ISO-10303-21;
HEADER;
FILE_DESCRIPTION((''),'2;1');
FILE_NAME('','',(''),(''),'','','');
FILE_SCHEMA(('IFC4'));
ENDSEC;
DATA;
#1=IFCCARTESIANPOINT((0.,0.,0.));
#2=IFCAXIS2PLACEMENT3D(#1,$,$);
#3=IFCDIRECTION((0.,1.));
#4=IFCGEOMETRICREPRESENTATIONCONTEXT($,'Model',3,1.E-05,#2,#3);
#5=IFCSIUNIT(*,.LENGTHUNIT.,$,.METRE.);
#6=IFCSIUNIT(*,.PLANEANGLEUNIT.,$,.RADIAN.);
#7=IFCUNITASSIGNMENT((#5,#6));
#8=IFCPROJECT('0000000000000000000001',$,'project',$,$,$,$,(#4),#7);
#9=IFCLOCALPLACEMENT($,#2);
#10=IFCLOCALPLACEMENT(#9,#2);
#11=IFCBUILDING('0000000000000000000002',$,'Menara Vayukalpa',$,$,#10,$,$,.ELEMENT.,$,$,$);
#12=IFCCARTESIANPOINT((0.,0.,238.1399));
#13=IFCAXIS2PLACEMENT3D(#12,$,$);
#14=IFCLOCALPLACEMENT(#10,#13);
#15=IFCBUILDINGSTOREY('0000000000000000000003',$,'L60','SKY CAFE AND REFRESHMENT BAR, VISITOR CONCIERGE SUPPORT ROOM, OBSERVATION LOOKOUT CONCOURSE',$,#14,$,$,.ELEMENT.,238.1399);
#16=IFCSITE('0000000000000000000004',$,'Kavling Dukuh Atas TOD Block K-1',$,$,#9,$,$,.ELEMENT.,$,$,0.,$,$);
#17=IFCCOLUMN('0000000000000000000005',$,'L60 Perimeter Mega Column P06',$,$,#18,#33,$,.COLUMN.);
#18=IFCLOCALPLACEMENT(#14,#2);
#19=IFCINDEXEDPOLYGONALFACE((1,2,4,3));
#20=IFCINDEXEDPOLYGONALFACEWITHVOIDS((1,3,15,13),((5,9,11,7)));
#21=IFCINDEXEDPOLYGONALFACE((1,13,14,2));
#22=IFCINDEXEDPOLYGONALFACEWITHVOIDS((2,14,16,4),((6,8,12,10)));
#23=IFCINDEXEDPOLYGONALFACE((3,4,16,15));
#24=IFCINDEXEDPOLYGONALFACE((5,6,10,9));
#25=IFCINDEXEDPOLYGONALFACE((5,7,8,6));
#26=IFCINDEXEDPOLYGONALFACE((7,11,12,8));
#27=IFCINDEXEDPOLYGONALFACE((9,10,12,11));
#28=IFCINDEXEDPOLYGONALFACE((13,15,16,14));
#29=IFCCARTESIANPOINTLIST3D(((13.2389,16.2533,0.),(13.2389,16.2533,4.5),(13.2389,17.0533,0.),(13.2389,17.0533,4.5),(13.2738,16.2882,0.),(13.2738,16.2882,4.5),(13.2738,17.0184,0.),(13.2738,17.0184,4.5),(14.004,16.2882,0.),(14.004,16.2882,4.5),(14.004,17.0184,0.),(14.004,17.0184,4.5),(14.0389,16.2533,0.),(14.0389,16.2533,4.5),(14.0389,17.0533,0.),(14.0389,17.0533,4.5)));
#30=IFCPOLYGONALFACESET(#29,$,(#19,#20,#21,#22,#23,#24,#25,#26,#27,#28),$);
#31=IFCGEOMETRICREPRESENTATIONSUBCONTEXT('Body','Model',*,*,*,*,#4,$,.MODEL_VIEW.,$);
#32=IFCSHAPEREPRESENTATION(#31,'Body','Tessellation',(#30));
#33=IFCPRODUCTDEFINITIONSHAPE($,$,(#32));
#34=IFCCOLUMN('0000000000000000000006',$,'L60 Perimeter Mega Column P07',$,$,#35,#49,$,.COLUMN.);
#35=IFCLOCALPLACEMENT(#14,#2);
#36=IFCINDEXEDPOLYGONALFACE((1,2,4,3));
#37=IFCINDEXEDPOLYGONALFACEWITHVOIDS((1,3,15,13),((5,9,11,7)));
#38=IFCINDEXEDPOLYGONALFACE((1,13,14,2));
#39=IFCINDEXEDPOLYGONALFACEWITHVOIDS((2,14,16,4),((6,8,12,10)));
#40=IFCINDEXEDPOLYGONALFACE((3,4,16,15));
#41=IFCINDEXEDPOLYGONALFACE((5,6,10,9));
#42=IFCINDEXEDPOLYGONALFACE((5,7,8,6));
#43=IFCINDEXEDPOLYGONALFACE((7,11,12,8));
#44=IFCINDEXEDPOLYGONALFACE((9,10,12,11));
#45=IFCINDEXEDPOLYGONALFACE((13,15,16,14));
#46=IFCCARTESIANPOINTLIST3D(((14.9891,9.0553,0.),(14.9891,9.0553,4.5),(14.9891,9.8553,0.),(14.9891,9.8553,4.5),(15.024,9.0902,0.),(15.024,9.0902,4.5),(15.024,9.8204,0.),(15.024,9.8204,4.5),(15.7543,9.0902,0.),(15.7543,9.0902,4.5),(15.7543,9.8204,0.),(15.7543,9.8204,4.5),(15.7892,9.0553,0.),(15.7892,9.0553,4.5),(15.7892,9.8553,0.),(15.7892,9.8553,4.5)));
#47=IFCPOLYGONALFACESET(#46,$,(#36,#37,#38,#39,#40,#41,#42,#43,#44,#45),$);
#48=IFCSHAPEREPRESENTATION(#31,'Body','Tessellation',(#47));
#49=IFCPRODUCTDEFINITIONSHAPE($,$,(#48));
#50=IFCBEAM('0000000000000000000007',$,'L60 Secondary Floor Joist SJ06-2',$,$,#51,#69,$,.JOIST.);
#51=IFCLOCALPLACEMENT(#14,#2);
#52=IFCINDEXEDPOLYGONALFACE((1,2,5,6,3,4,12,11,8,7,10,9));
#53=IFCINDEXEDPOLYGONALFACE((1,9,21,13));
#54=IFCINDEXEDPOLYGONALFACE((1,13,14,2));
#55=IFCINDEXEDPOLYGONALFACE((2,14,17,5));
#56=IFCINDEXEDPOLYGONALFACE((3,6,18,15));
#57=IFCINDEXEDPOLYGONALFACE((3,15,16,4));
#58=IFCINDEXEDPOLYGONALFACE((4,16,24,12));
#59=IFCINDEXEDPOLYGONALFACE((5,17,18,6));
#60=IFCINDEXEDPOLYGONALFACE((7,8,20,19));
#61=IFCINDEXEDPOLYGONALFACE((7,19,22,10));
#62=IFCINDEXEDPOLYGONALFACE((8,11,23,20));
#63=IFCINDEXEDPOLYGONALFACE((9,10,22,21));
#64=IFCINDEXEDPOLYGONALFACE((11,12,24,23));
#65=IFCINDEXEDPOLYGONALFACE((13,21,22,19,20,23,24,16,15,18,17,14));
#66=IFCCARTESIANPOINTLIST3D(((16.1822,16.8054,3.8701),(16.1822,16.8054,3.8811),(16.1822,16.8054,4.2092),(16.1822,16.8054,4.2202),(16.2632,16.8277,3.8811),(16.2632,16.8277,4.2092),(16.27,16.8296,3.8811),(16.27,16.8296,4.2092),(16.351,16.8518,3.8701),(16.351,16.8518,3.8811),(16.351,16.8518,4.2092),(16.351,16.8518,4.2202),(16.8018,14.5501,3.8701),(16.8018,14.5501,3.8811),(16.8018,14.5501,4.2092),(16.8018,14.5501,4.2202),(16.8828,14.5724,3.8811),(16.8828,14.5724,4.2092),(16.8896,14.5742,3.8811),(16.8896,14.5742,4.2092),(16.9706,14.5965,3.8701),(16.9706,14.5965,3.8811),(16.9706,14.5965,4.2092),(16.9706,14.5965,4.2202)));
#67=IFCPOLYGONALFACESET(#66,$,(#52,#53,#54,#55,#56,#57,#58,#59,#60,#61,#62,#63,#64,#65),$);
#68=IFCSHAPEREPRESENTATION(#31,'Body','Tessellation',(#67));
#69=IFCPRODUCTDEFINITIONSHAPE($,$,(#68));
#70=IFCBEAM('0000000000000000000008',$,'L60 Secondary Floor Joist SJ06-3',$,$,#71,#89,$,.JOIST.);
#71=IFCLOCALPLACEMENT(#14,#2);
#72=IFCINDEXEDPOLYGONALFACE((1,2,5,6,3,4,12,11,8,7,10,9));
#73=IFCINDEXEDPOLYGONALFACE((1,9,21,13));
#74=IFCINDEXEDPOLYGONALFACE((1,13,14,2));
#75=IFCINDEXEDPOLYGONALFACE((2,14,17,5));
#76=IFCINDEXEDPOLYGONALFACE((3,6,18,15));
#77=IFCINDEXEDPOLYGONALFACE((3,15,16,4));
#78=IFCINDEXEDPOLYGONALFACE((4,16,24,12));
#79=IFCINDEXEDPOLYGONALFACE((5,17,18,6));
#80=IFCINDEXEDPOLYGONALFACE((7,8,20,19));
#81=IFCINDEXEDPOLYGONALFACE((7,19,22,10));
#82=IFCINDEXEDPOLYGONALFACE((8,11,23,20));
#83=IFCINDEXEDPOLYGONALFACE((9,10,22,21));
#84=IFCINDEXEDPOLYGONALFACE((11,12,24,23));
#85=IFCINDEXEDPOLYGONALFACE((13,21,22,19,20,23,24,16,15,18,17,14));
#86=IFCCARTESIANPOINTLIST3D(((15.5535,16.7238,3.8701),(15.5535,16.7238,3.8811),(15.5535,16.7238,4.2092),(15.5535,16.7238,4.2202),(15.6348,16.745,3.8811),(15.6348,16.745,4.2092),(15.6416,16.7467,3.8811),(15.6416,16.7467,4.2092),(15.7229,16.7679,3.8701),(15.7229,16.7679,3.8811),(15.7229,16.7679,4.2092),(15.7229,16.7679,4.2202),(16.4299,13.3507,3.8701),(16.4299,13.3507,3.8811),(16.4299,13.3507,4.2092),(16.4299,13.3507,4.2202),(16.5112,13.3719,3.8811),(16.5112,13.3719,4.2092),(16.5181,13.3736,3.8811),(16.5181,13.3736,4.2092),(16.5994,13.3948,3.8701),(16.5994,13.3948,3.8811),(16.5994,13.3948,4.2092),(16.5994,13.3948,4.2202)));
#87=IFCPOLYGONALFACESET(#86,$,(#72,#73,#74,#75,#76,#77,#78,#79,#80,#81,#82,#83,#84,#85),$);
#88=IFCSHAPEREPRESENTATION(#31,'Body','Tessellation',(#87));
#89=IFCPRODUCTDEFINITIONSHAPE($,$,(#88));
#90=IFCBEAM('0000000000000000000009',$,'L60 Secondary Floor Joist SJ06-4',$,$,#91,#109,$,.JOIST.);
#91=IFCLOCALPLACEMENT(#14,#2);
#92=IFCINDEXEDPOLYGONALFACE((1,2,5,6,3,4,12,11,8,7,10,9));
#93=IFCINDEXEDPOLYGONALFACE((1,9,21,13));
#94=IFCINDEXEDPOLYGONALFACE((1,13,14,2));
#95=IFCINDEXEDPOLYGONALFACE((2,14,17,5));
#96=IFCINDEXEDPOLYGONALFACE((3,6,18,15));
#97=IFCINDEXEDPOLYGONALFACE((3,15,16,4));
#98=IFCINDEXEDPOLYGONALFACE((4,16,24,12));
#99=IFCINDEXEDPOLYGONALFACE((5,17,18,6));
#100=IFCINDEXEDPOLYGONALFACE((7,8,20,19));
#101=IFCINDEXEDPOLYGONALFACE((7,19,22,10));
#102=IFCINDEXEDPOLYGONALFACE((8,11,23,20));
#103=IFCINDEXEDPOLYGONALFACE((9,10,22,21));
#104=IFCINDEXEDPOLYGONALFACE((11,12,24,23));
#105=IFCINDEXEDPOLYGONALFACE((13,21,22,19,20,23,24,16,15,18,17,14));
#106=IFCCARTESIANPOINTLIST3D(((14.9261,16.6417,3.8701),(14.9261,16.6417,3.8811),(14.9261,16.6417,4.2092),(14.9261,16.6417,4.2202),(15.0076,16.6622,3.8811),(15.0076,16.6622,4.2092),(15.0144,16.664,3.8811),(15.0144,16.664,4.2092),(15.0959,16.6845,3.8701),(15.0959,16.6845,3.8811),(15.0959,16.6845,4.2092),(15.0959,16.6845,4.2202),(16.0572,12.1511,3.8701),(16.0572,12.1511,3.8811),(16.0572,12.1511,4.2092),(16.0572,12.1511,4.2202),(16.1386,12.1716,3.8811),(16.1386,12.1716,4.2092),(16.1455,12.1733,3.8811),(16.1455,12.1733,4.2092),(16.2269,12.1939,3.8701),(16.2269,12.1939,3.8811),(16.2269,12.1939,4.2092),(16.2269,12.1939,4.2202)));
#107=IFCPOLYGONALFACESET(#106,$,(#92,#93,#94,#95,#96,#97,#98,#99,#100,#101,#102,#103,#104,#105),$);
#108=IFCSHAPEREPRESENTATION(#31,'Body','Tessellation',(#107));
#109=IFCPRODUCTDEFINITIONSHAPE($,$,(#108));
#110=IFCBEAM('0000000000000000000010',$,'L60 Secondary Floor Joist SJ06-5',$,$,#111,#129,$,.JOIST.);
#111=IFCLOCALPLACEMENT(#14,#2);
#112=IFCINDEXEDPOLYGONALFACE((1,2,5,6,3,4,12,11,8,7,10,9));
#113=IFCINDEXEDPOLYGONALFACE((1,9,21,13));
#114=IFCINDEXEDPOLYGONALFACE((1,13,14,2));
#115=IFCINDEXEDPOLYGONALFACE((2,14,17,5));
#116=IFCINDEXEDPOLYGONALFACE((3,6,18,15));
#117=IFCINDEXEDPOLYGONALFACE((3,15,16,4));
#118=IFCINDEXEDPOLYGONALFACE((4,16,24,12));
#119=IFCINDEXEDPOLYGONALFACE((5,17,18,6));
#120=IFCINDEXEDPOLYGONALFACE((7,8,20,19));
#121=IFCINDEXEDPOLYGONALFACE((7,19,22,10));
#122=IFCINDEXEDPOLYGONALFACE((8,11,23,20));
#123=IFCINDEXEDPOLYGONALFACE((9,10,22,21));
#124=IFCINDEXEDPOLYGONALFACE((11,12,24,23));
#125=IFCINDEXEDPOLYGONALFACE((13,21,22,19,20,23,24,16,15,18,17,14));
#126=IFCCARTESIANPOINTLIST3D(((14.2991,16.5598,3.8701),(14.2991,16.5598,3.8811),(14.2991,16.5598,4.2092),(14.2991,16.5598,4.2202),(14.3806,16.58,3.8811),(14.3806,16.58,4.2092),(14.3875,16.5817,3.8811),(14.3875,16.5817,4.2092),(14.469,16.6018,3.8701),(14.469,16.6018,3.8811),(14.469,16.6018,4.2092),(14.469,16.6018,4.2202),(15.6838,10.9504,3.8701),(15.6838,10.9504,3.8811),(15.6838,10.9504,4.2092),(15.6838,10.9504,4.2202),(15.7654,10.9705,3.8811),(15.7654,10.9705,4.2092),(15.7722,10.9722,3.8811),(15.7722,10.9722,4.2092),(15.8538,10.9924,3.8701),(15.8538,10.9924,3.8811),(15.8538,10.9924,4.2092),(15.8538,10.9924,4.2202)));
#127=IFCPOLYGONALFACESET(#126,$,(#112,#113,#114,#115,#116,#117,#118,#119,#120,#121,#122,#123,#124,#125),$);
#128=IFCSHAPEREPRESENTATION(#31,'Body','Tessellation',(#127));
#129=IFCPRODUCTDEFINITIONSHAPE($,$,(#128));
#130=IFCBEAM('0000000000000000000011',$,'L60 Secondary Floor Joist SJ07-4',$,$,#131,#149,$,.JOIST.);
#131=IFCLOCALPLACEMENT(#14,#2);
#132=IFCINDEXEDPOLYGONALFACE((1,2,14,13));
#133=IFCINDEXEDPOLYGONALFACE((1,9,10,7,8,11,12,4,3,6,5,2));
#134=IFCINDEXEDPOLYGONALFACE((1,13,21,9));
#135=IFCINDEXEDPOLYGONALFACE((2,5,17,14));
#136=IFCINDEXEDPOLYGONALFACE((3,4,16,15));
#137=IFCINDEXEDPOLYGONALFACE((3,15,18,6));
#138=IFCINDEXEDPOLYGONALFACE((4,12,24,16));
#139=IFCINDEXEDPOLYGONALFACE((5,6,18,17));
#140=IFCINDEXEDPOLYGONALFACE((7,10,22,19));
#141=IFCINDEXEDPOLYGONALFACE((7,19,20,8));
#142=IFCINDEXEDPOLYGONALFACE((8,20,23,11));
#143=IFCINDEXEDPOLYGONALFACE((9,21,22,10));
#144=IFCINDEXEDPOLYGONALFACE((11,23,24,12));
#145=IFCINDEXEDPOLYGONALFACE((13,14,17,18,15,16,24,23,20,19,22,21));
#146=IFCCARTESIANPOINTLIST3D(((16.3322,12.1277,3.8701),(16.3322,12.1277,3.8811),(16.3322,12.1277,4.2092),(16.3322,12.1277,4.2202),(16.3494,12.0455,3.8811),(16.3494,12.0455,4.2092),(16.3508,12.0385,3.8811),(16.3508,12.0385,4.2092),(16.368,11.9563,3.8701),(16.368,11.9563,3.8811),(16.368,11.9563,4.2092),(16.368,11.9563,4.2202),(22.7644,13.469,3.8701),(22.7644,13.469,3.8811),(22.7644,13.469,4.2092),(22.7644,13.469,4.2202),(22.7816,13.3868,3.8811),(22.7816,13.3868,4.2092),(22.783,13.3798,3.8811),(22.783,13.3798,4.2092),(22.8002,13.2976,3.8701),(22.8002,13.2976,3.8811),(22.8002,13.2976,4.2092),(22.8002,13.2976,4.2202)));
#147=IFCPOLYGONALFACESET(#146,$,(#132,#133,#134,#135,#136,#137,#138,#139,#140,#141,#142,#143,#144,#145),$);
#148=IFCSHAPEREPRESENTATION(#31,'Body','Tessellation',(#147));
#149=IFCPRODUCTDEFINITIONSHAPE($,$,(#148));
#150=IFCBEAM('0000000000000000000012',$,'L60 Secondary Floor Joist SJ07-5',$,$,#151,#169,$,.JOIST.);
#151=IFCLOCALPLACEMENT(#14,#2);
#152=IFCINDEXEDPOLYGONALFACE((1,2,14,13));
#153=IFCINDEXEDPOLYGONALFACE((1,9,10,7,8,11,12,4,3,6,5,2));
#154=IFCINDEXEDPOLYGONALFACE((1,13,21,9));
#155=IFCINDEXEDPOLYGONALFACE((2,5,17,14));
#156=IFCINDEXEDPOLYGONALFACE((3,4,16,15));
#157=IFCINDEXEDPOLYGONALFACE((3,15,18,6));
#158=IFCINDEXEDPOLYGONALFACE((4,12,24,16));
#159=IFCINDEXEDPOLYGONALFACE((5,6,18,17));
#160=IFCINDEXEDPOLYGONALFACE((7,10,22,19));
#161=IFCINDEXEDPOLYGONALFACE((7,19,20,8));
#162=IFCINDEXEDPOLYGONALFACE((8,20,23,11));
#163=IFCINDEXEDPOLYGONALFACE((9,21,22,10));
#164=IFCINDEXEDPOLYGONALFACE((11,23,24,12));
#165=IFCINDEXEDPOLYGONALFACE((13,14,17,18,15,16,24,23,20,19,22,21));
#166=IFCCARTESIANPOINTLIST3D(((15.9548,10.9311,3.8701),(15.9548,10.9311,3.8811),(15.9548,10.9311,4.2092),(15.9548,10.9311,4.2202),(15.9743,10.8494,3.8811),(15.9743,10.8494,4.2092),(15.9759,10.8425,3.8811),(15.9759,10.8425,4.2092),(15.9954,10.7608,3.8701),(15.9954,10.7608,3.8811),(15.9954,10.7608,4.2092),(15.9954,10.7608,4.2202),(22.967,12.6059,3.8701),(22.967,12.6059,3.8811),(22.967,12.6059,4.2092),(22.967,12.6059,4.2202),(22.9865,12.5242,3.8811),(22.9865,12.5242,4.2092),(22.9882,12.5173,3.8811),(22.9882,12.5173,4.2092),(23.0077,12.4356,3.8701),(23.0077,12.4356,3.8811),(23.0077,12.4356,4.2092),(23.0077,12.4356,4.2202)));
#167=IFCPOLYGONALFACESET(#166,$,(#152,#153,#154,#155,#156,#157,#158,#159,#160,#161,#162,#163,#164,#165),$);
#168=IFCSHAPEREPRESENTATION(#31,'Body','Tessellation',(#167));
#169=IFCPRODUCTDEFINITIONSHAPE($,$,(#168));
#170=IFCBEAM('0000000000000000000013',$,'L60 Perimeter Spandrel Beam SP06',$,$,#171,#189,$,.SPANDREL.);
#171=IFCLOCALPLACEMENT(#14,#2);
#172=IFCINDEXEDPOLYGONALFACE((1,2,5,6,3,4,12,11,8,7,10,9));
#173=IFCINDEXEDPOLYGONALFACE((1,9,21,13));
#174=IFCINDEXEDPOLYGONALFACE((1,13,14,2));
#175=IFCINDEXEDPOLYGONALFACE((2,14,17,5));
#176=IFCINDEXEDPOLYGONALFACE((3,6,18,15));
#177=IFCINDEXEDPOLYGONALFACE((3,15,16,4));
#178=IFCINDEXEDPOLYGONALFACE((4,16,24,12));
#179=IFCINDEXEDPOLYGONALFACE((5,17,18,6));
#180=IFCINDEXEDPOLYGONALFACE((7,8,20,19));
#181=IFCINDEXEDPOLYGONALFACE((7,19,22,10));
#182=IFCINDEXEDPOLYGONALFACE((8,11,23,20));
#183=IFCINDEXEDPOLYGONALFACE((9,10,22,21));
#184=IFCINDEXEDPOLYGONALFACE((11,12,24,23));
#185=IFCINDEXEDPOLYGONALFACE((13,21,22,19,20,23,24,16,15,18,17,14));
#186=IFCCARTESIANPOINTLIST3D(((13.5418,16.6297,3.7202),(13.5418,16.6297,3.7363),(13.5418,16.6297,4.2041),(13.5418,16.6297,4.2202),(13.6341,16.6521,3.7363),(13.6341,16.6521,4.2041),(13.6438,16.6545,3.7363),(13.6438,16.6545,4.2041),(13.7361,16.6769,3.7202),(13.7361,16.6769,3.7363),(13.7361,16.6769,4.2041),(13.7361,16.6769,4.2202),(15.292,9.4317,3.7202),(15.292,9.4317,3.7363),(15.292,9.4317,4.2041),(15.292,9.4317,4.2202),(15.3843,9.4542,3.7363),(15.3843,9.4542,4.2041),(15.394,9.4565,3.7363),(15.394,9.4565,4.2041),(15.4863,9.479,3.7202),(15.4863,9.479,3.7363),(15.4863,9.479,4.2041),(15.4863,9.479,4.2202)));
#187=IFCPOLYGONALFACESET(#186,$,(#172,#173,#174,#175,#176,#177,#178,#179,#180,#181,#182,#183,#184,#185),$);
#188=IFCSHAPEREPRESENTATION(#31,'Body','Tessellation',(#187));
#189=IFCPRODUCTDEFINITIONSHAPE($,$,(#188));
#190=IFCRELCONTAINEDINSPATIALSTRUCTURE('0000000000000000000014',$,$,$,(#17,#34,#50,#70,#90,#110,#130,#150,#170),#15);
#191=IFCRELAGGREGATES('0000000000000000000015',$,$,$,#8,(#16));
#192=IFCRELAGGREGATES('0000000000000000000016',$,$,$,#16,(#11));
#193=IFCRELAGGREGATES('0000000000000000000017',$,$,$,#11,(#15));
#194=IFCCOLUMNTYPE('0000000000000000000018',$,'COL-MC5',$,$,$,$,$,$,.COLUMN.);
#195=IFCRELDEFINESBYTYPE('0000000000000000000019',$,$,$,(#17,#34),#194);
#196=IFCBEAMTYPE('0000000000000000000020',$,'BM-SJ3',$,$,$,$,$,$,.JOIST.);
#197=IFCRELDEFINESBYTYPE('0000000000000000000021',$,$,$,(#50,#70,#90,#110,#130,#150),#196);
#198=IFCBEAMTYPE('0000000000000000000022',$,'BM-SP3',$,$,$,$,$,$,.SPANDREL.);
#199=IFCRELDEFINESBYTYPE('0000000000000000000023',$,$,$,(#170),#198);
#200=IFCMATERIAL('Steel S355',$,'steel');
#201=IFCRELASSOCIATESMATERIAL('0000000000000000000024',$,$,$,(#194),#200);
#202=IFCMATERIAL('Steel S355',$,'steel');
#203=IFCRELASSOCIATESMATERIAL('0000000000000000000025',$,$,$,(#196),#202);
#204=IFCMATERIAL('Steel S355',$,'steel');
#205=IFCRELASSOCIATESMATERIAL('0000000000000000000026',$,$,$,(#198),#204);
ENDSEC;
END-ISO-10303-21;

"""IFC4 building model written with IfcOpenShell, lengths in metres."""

from ifc_helpers import new_model, si_unit, direction, frame, origin, origin_2d, place, context, subcontext, project, spatial, hollow_rectangle, i_section, extrude, material, material_profile, profile_set, type_object, element, save


model = new_model("IFC4")

# Units and contexts
model_context = context("Model", 3, precision=1e-05, world=origin(), true_north=direction((0.0, 1.0)))
body_context = subcontext(model_context, "Body", "Model", "MODEL_VIEW")
ifc_project = project(units=[si_unit("LENGTHUNIT", "METRE"), si_unit("PLANEANGLEUNIT", "RADIAN")], contexts=[model_context])

# Site, building, storey
site_placement = place(None, origin())
site = spatial("IfcSite", under=ifc_project, at=site_placement, Name="Kavling Dukuh Atas TOD Block K-1", CompositionType="ELEMENT", RefElevation=0.0)
building_placement = place(site_placement, origin())
building = spatial("IfcBuilding", under=site, at=building_placement, Name="Menara Vayukalpa", CompositionType="ELEMENT")
storey_placement = place(building_placement, frame((0.0, 0.0, 238.1399)))
storey = spatial("IfcBuildingStorey", under=building, at=storey_placement, Name="L60", Description="SKY CAFE AND REFRESHMENT BAR, VISITOR CONCIERGE SUPPORT ROOM, OBSERVATION LOOKOUT CONCOURSE", CompositionType="ELEMENT", Elevation=238.1399)

# Columns
ifc_material_1 = material(Name="Steel S355", Category="steel")
ifc_material_profile_1 = material_profile(ifc_material_1, hollow_rectangle(XDim=0.8, YDim=0.8, WallThickness=0.0349, at=origin_2d()), Name="BOX 800x800x35")
ifc_profile_set_1 = profile_set([ifc_material_profile_1], Name="Steel S355")
column_type = type_object("IfcColumnType", Name="COL-MC5", PredefinedType="COLUMN", material=ifc_profile_set_1)
for number, where, z_axis, x_axis, name in (
    (1, (13.6389, 16.6533, 0.0), (0.0, 0.0, 1.0), (1.0, 0.0, 0.0), "L60 Perimeter Mega Column P06"),
    (2, (15.3892, 9.4553, 0.0), (0.0, 0.0, 1.0), (1.0, 0.0, 0.0), "L60 Perimeter Mega Column P07"),
):
    element("IfcColumn", number, at=place(storey_placement, frame(where, z_axis=z_axis, x_axis=x_axis)), inside=storey, type_object=column_type, Name=name, PredefinedType="COLUMN", context=body_context, shape_type="SweptSolid", body=[
        extrude(hollow_rectangle(XDim=0.8, YDim=0.8, WallThickness=0.0349, at=origin_2d()), origin(), (0.0, 0.0, 1.0), 4.5),
    ])

# Beams
ifc_material_2 = material(Name="Steel S355", Category="steel")
ifc_material_profile_2 = material_profile(ifc_material_2, i_section(OverallWidth=0.175, OverallDepth=0.3501, WebThickness=0.0071, FlangeThickness=0.011, at=origin_2d()), Name="WF 350x175x7x11")
ifc_profile_set_2 = profile_set([ifc_material_profile_2], Name="Steel S355")
beam_type_1 = type_object("IfcBeamType", Name="BM-SJ3", PredefinedType="JOIST", material=ifc_profile_set_2)
beam_1_placement = place(storey_placement, frame((16.2666, 16.8286, 4.0452), z_axis=(0.264919, -0.964271, 0.0), x_axis=(0.964271, 0.264919, 0.0)))
element("IfcBeam", 3, at=beam_1_placement, inside=storey, type_object=beam_type_1, Name="L60 Secondary Floor Joist SJ06-2", PredefinedType="JOIST", context=body_context, shape_type="SweptSolid", body=[
    extrude(i_section(OverallWidth=0.175, OverallDepth=0.3501, WebThickness=0.0071, FlangeThickness=0.011, at=origin_2d()), origin(), (0.0, 0.0, 1.0), 2.3389),
])
beam_2_placement = place(storey_placement, frame((15.6382, 16.7458, 4.0452), z_axis=(0.251492, -0.967859, 0.0), x_axis=(0.967859, 0.251492, 0.0)))
element("IfcBeam", 4, at=beam_2_placement, inside=storey, type_object=beam_type_1, Name="L60 Secondary Floor Joist SJ06-3", PredefinedType="JOIST", context=body_context, shape_type="SweptSolid", body=[
    extrude(i_section(OverallWidth=0.175, OverallDepth=0.3501, WebThickness=0.0071, FlangeThickness=0.011, at=origin_2d()), origin(), (0.0, 0.0, 1.0), 3.4851),
])
beam_3_placement = place(storey_placement, frame((15.011, 16.6631, 4.0452), z_axis=(0.244247, -0.969713, 0.0), x_axis=(0.969713, 0.244247, 0.0)))
element("IfcBeam", 5, at=beam_3_placement, inside=storey, type_object=beam_type_1, Name="L60 Secondary Floor Joist SJ06-4", PredefinedType="JOIST", context=body_context, shape_type="SweptSolid", body=[
    extrude(i_section(OverallWidth=0.175, OverallDepth=0.3501, WebThickness=0.0071, FlangeThickness=0.011, at=origin_2d()), origin(), (0.0, 0.0, 1.0), 4.6309),
])
beam_4_placement = place(storey_placement, frame((14.384, 16.5808, 4.0452), z_axis=(0.239671, -0.970854, 0.0), x_axis=(0.970854, 0.239671, 0.0)))
element("IfcBeam", 6, at=beam_4_placement, inside=storey, type_object=beam_type_1, Name="L60 Secondary Floor Joist SJ06-5", PredefinedType="JOIST", context=body_context, shape_type="SweptSolid", body=[
    extrude(i_section(OverallWidth=0.175, OverallDepth=0.3501, WebThickness=0.0071, FlangeThickness=0.011, at=origin_2d()), origin(), (0.0, 0.0, 1.0), 5.7778),
])
beam_5_placement = place(storey_placement, frame((16.3501, 12.042, 4.0452), z_axis=(0.978941, 0.204141, 0.0), x_axis=(-0.204141, 0.978941, 0.0)))
element("IfcBeam", 7, at=beam_5_placement, inside=storey, type_object=beam_type_1, Name="L60 Secondary Floor Joist SJ07-4", PredefinedType="JOIST", context=body_context, shape_type="SweptSolid", body=[
    extrude(i_section(OverallWidth=0.175, OverallDepth=0.3501, WebThickness=0.0071, FlangeThickness=0.011, at=origin_2d()), origin(), (0.0, 0.0, 1.0), 6.5706),
])
beam_6_placement = place(storey_placement, frame((15.9751, 10.8459, 4.0452), z_axis=(0.972642, 0.232307, 0.0), x_axis=(-0.232307, 0.972642, 0.0)))
element("IfcBeam", 8, at=beam_6_placement, inside=storey, type_object=beam_type_1, Name="L60 Secondary Floor Joist SJ07-5", PredefinedType="JOIST", context=body_context, shape_type="SweptSolid", body=[
    extrude(i_section(OverallWidth=0.175, OverallDepth=0.3501, WebThickness=0.0071, FlangeThickness=0.011, at=origin_2d()), origin(), (0.0, 0.0, 1.0), 7.2095),
])
ifc_material_3 = material(Name="Steel S355", Category="steel")
ifc_material_profile_3 = material_profile(ifc_material_3, i_section(OverallWidth=0.2, OverallDepth=0.5, WebThickness=0.01, FlangeThickness=0.0161, at=origin_2d()), Name="WF 500x200x10x16")
ifc_profile_set_3 = profile_set([ifc_material_profile_3], Name="Steel S355")
beam_type_2 = type_object("IfcBeamType", Name="BM-SP3", PredefinedType="SPANDREL", material=ifc_profile_set_3)
beam_7_placement = place(storey_placement, frame((13.6389, 16.6533, 3.9702), z_axis=(0.236273, -0.971687, 0.0), x_axis=(0.971687, 0.236273, 0.0)))
element("IfcBeam", 9, at=beam_7_placement, inside=storey, type_object=beam_type_2, Name="L60 Perimeter Spandrel Beam SP06", PredefinedType="SPANDREL", context=body_context, shape_type="SweptSolid", body=[
    extrude(i_section(OverallWidth=0.2, OverallDepth=0.5, WebThickness=0.01, FlangeThickness=0.0161, at=origin_2d()), origin(), (0.0, 0.0, 1.0), 7.4077),
])

save(model, "model.ifc")
